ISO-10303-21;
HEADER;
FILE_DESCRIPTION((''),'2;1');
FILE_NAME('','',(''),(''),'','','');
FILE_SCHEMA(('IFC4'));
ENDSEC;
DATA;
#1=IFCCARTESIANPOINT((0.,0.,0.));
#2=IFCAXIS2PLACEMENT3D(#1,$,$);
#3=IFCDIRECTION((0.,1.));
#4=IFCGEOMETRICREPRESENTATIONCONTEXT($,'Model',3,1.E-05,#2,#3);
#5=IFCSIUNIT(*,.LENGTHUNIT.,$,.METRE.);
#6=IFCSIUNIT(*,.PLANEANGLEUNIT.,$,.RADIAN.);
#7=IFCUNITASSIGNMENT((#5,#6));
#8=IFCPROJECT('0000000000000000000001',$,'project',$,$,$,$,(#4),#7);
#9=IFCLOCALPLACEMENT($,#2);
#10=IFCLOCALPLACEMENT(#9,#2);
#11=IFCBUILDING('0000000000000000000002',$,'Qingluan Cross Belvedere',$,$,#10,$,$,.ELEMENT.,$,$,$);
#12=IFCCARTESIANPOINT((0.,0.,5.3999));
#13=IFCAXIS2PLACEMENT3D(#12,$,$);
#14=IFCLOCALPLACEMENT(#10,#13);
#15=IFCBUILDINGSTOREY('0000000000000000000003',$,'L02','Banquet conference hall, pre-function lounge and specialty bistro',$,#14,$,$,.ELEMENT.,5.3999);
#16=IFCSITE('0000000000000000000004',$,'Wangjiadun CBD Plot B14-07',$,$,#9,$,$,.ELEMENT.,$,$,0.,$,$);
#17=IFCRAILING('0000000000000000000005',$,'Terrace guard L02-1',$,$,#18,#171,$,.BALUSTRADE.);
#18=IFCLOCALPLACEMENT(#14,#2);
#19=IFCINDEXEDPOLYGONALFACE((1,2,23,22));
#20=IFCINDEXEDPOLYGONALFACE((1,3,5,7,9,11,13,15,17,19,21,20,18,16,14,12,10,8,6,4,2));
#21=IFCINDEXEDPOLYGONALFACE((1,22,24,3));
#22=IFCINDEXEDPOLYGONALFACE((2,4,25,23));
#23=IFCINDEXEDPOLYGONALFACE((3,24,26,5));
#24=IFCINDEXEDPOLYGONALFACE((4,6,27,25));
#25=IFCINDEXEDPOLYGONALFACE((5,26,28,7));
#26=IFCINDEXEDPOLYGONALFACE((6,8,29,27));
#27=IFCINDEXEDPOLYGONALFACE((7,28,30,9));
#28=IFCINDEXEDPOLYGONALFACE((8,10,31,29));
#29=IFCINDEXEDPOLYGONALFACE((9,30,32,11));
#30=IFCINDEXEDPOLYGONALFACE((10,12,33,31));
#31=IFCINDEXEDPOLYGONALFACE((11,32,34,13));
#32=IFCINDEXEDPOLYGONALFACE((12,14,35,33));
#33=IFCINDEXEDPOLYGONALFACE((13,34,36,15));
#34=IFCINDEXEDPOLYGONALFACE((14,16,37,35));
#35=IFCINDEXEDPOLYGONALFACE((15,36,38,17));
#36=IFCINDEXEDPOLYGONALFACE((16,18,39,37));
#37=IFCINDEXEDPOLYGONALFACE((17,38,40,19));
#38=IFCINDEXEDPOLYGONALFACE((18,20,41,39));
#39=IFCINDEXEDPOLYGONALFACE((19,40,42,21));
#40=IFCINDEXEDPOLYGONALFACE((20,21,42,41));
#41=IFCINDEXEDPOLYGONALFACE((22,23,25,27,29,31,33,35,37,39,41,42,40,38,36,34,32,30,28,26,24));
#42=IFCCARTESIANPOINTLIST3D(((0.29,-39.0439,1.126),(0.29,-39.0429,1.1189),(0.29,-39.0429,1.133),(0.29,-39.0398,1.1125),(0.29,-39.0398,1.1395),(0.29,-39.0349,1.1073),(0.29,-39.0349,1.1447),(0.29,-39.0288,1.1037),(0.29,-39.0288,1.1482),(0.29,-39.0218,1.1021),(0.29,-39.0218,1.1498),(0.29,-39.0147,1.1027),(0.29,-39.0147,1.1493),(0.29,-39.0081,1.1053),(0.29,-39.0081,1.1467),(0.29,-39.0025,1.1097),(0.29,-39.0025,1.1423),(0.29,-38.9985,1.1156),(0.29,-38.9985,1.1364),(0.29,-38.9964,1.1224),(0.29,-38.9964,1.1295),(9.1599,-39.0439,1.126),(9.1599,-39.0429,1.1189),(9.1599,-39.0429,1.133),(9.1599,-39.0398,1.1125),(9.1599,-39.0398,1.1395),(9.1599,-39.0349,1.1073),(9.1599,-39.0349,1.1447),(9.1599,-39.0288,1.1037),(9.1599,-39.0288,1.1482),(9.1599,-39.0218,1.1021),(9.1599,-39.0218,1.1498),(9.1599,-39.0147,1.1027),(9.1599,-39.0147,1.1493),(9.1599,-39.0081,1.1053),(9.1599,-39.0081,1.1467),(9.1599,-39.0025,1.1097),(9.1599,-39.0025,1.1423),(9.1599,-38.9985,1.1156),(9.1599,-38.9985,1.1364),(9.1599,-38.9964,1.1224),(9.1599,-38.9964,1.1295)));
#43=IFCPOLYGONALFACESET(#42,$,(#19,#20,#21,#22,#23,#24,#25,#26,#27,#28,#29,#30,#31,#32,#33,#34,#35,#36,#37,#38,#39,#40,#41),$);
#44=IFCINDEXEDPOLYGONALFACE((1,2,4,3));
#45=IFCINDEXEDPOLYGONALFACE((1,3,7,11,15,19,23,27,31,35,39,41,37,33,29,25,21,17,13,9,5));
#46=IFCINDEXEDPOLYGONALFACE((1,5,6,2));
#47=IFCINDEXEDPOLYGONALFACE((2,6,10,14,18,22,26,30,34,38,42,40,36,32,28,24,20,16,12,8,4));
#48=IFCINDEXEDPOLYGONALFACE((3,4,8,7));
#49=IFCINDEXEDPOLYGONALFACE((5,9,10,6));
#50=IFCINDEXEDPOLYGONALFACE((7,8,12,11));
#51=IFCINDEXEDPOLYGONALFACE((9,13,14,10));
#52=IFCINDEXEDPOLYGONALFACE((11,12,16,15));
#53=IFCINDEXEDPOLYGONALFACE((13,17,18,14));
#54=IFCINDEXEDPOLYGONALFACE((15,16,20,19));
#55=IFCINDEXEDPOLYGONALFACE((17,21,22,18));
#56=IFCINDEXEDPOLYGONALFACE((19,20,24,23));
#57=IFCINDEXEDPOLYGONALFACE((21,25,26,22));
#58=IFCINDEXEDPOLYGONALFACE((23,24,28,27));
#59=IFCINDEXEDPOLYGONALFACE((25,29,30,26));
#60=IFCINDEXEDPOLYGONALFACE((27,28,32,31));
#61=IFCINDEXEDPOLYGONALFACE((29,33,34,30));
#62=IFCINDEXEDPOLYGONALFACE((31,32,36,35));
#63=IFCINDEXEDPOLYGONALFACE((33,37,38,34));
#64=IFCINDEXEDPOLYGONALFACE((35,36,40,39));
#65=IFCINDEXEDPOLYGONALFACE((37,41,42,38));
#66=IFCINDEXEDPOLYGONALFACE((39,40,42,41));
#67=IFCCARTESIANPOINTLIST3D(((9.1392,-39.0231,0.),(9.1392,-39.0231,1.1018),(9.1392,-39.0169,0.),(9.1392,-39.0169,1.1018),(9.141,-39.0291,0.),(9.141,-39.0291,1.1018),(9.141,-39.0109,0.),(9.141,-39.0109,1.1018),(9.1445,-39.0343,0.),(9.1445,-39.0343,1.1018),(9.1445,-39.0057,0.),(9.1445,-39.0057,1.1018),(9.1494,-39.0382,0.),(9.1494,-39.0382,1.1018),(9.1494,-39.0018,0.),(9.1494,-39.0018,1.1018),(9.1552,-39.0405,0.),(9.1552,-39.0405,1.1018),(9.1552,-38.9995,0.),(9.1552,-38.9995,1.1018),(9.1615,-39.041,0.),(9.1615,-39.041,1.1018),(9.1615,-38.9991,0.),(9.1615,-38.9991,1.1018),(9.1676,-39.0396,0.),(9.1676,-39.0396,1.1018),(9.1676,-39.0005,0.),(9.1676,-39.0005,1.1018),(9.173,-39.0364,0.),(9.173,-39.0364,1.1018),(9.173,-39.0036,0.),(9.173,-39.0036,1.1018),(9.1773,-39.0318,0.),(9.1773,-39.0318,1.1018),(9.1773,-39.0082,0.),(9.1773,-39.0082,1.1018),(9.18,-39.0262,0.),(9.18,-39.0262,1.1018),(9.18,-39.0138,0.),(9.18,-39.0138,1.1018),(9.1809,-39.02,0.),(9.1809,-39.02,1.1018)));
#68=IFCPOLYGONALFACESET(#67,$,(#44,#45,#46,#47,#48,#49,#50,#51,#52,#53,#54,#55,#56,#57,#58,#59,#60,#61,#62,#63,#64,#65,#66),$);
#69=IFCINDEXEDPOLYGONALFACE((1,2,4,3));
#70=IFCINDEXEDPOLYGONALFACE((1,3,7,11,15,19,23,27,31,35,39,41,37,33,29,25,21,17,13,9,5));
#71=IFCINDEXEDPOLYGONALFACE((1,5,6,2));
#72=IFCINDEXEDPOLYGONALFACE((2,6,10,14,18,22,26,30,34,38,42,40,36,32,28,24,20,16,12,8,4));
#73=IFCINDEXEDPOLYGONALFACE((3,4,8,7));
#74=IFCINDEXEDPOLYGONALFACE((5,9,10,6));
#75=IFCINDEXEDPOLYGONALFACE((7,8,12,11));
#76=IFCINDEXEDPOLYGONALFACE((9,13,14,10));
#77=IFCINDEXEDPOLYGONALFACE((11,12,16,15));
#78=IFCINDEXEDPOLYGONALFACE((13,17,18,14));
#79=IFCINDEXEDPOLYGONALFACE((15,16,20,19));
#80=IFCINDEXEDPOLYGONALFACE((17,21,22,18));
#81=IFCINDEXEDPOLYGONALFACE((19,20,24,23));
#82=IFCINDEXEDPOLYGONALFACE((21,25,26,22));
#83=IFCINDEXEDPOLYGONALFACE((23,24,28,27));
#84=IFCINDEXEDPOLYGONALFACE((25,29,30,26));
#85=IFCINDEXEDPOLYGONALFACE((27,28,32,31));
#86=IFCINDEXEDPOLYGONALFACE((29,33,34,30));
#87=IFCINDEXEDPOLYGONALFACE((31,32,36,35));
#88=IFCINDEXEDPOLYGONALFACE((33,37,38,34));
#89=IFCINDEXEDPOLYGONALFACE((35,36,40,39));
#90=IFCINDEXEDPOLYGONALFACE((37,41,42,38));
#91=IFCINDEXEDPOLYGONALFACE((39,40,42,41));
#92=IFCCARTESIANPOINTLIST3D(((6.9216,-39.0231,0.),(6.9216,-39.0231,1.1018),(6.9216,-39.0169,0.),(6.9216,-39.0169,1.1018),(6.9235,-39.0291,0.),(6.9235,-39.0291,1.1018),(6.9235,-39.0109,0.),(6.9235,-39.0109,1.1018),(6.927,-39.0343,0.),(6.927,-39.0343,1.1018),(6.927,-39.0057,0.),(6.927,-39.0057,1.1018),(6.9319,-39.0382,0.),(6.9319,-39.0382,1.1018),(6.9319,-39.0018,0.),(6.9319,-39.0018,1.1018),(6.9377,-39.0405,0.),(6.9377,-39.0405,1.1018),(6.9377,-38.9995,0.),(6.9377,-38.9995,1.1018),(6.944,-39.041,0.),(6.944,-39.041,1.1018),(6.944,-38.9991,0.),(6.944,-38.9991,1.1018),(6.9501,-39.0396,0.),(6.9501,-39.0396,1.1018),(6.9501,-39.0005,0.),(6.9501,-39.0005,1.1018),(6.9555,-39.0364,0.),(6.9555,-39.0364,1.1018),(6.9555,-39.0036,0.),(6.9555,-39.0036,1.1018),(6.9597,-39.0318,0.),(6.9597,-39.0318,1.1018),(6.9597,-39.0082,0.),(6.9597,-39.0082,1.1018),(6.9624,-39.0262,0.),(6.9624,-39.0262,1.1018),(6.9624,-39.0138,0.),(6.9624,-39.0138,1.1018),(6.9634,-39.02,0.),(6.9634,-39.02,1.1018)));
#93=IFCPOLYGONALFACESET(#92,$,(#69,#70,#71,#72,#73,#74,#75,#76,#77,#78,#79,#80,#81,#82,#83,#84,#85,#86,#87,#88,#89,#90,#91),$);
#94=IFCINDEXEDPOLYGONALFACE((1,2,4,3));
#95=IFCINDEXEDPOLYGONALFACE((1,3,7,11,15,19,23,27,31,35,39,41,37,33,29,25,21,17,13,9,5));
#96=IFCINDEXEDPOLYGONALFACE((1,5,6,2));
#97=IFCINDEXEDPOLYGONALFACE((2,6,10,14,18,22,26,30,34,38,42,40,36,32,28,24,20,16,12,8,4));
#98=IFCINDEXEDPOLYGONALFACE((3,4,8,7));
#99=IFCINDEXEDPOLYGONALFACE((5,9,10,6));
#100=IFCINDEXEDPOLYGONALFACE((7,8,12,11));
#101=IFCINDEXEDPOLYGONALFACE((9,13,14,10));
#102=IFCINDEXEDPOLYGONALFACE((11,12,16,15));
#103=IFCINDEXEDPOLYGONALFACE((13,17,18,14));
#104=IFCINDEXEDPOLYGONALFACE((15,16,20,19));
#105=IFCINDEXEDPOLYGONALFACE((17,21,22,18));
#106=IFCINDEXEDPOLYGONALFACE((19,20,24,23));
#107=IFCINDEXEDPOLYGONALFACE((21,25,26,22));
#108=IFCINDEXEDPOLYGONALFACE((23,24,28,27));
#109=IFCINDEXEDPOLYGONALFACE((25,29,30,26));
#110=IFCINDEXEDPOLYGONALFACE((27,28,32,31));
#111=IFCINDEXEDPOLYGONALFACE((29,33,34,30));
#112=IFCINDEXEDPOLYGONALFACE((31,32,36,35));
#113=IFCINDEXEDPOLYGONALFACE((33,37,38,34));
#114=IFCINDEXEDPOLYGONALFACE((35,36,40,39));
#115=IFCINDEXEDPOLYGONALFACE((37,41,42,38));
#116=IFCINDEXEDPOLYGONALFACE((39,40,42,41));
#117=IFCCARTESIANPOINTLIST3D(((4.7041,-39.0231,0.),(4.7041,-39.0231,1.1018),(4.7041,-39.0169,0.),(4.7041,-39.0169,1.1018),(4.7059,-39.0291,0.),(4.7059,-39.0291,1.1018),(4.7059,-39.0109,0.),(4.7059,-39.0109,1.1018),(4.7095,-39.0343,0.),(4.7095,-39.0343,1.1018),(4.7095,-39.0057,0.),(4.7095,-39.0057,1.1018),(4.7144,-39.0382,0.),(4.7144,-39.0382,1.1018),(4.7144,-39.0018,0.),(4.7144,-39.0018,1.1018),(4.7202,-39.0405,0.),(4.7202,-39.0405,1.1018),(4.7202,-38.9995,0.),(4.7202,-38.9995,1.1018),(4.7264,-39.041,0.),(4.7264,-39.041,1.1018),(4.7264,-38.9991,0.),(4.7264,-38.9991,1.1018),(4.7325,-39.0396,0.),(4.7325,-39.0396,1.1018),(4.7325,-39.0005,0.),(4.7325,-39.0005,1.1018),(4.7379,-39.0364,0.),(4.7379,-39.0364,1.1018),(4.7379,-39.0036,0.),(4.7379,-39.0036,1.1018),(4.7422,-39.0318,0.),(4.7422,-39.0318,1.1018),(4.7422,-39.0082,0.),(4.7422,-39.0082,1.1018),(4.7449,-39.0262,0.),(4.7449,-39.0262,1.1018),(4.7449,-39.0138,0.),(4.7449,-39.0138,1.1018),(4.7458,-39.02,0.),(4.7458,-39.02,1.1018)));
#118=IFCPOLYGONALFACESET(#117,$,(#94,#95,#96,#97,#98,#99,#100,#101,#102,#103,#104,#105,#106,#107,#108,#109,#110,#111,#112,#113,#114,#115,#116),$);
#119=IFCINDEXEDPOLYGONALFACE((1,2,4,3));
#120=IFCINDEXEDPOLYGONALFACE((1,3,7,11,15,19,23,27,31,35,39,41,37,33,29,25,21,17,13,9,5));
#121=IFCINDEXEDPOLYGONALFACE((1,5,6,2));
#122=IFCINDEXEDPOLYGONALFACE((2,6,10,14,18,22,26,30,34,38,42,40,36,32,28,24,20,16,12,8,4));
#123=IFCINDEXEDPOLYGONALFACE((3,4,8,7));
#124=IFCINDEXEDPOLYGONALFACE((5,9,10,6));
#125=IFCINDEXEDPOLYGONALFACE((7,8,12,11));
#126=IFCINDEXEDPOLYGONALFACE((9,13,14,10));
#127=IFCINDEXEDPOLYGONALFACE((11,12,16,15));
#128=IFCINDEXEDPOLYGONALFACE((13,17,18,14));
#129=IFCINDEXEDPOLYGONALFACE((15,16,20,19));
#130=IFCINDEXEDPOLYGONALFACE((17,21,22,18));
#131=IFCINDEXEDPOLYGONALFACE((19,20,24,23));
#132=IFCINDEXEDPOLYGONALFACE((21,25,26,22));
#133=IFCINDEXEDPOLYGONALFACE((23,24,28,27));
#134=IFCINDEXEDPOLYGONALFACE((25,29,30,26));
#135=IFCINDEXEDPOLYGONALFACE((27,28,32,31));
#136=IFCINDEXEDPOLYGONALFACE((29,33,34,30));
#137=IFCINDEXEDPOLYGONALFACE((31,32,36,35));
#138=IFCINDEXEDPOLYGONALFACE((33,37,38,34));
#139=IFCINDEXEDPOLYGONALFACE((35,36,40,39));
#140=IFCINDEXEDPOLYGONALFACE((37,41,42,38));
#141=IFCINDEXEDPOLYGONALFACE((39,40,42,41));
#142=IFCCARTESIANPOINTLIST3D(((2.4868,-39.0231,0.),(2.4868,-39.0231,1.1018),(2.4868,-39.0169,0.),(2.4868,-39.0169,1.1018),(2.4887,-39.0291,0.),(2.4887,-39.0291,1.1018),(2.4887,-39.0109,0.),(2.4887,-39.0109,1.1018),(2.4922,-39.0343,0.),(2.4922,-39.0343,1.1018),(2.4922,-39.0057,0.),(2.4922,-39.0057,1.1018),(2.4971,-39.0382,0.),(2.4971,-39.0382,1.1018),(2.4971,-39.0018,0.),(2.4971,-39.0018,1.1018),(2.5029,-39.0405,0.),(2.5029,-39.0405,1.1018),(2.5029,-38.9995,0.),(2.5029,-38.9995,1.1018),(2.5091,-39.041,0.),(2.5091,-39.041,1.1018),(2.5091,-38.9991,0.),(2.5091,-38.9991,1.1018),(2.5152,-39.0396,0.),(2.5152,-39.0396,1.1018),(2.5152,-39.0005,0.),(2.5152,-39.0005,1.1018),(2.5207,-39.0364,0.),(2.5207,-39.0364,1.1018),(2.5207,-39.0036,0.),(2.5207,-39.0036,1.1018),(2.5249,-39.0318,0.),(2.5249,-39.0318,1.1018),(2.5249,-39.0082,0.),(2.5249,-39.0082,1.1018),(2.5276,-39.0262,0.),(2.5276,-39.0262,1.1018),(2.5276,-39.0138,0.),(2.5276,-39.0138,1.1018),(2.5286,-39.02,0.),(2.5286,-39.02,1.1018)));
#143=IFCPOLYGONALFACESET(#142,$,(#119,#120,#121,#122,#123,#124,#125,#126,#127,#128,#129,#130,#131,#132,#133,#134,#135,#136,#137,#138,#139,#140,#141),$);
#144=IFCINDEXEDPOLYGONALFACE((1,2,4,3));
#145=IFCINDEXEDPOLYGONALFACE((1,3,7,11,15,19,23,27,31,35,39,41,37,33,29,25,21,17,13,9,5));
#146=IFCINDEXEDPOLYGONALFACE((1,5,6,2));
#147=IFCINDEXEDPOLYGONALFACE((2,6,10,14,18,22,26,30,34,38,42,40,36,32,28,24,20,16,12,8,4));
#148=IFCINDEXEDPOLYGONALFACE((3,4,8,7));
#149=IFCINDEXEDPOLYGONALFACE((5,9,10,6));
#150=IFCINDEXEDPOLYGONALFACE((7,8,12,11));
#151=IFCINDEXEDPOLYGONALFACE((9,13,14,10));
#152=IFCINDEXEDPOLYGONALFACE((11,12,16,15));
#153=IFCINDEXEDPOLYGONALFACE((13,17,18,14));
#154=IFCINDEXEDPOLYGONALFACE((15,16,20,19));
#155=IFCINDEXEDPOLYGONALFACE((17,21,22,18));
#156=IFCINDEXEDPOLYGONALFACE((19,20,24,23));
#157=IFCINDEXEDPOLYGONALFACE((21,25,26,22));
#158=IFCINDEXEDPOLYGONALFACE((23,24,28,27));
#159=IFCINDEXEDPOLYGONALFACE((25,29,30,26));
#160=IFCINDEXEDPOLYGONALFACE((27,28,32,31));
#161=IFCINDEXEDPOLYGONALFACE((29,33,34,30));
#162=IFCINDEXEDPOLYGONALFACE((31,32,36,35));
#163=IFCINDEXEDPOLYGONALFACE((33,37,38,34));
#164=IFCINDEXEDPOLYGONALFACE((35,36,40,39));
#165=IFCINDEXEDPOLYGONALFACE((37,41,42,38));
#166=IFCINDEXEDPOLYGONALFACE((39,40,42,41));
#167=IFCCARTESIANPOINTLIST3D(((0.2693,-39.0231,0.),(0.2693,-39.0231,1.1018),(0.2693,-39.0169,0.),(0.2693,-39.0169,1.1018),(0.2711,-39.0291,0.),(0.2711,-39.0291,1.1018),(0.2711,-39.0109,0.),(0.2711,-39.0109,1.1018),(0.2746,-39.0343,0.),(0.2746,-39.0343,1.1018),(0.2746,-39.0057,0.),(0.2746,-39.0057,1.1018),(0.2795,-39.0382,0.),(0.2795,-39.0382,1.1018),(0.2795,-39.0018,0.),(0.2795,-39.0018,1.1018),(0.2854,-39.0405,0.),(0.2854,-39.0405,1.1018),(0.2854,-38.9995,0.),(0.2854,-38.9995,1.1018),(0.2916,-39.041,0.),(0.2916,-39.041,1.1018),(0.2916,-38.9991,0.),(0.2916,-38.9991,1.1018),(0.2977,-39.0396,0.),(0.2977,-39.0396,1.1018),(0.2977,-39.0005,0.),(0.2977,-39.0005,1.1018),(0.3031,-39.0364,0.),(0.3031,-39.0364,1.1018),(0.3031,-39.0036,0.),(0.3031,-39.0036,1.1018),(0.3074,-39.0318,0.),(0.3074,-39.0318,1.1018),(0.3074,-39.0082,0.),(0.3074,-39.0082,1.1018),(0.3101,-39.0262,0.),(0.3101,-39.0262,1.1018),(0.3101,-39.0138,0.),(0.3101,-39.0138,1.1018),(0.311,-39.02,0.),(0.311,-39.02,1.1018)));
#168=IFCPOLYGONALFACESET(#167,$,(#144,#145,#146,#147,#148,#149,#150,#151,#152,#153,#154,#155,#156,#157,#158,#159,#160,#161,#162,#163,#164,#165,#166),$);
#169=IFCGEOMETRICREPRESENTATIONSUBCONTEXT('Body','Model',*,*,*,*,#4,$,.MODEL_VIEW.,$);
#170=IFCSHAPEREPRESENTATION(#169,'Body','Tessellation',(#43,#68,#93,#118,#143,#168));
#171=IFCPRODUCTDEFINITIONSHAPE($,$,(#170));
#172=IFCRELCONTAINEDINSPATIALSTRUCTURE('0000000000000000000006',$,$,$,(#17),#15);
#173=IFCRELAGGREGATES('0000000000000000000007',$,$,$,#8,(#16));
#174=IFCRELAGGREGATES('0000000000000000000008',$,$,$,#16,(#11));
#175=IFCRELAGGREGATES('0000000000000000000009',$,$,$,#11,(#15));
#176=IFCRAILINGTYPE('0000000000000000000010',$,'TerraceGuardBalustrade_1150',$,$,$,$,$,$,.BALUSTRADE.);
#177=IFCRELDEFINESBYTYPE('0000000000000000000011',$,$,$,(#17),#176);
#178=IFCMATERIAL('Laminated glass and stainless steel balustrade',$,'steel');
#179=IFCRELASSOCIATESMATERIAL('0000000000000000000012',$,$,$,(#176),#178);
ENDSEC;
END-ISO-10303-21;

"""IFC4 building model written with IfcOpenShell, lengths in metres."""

from ifc_helpers import new_model, si_unit, direction, frame, origin, origin_2d, place, context, subcontext, project, spatial, circle, extrude, material, type_object, element, save


model = new_model("IFC4")

# Units and contexts
model_context = context("Model", 3, precision=1e-05, world=origin(), true_north=direction((0.0, 1.0)))
body_context = subcontext(model_context, "Body", "Model", "MODEL_VIEW")
ifc_project = project(units=[si_unit("LENGTHUNIT", "METRE"), si_unit("PLANEANGLEUNIT", "RADIAN")], contexts=[model_context])

# Site, building, storey
site_placement = place(None, origin())
site = spatial("IfcSite", under=ifc_project, at=site_placement, Name="Wangjiadun CBD Plot B14-07", CompositionType="ELEMENT", RefElevation=0.0)
building_placement = place(site_placement, origin())
building = spatial("IfcBuilding", under=site, at=building_placement, Name="Qingluan Cross Belvedere", CompositionType="ELEMENT")
storey_placement = place(building_placement, frame((0.0, 0.0, 5.3999)))
storey = spatial("IfcBuildingStorey", under=building, at=storey_placement, Name="L02", Description="Banquet conference hall, pre-function lounge and specialty bistro", CompositionType="ELEMENT", Elevation=5.3999)

# Railing
ifc_material_1 = material(Name="Laminated glass and stainless steel balustrade", Category="steel")
railing_type = type_object("IfcRailingType", Name="TerraceGuardBalustrade_1150", PredefinedType="BALUSTRADE", material=ifc_material_1)
railing_placement = place(storey_placement, frame((9.1599, -39.02, 0.0)))
element("IfcRailing", 1, at=railing_placement, inside=storey, type_object=railing_type, Name="Terrace guard L02-1", PredefinedType="BALUSTRADE", context=body_context, shape_type="SweptSolid", body=[
    extrude(circle(Radius=0.0239, at=origin_2d()), frame((0.0, 0.0, 1.126), z_axis=(-1.0, 0.0, 0.0), x_axis=(0.0, -1.0, 0.0)), (0.0, 0.0, 1.0), 8.8699),
    extrude(circle(Radius=0.021, at=origin_2d()), origin(), (0.0, 0.0, 1.0), 1.1018),
    extrude(circle(Radius=0.021, at=origin_2d()), frame((-2.2175, 0.0, 0.0)), (0.0, 0.0, 1.0), 1.1018),
    extrude(circle(Radius=0.021, at=origin_2d()), frame((-4.4351, 0.0, 0.0)), (0.0, 0.0, 1.0), 1.1018),
    extrude(circle(Radius=0.021, at=origin_2d()), frame((-6.6523, 0.0, 0.0)), (0.0, 0.0, 1.0), 1.1018),
    extrude(circle(Radius=0.021, at=origin_2d()), frame((-8.8699, 0.0, 0.0)), (0.0, 0.0, 1.0), 1.1018),
])

save(model, "model.ifc")
